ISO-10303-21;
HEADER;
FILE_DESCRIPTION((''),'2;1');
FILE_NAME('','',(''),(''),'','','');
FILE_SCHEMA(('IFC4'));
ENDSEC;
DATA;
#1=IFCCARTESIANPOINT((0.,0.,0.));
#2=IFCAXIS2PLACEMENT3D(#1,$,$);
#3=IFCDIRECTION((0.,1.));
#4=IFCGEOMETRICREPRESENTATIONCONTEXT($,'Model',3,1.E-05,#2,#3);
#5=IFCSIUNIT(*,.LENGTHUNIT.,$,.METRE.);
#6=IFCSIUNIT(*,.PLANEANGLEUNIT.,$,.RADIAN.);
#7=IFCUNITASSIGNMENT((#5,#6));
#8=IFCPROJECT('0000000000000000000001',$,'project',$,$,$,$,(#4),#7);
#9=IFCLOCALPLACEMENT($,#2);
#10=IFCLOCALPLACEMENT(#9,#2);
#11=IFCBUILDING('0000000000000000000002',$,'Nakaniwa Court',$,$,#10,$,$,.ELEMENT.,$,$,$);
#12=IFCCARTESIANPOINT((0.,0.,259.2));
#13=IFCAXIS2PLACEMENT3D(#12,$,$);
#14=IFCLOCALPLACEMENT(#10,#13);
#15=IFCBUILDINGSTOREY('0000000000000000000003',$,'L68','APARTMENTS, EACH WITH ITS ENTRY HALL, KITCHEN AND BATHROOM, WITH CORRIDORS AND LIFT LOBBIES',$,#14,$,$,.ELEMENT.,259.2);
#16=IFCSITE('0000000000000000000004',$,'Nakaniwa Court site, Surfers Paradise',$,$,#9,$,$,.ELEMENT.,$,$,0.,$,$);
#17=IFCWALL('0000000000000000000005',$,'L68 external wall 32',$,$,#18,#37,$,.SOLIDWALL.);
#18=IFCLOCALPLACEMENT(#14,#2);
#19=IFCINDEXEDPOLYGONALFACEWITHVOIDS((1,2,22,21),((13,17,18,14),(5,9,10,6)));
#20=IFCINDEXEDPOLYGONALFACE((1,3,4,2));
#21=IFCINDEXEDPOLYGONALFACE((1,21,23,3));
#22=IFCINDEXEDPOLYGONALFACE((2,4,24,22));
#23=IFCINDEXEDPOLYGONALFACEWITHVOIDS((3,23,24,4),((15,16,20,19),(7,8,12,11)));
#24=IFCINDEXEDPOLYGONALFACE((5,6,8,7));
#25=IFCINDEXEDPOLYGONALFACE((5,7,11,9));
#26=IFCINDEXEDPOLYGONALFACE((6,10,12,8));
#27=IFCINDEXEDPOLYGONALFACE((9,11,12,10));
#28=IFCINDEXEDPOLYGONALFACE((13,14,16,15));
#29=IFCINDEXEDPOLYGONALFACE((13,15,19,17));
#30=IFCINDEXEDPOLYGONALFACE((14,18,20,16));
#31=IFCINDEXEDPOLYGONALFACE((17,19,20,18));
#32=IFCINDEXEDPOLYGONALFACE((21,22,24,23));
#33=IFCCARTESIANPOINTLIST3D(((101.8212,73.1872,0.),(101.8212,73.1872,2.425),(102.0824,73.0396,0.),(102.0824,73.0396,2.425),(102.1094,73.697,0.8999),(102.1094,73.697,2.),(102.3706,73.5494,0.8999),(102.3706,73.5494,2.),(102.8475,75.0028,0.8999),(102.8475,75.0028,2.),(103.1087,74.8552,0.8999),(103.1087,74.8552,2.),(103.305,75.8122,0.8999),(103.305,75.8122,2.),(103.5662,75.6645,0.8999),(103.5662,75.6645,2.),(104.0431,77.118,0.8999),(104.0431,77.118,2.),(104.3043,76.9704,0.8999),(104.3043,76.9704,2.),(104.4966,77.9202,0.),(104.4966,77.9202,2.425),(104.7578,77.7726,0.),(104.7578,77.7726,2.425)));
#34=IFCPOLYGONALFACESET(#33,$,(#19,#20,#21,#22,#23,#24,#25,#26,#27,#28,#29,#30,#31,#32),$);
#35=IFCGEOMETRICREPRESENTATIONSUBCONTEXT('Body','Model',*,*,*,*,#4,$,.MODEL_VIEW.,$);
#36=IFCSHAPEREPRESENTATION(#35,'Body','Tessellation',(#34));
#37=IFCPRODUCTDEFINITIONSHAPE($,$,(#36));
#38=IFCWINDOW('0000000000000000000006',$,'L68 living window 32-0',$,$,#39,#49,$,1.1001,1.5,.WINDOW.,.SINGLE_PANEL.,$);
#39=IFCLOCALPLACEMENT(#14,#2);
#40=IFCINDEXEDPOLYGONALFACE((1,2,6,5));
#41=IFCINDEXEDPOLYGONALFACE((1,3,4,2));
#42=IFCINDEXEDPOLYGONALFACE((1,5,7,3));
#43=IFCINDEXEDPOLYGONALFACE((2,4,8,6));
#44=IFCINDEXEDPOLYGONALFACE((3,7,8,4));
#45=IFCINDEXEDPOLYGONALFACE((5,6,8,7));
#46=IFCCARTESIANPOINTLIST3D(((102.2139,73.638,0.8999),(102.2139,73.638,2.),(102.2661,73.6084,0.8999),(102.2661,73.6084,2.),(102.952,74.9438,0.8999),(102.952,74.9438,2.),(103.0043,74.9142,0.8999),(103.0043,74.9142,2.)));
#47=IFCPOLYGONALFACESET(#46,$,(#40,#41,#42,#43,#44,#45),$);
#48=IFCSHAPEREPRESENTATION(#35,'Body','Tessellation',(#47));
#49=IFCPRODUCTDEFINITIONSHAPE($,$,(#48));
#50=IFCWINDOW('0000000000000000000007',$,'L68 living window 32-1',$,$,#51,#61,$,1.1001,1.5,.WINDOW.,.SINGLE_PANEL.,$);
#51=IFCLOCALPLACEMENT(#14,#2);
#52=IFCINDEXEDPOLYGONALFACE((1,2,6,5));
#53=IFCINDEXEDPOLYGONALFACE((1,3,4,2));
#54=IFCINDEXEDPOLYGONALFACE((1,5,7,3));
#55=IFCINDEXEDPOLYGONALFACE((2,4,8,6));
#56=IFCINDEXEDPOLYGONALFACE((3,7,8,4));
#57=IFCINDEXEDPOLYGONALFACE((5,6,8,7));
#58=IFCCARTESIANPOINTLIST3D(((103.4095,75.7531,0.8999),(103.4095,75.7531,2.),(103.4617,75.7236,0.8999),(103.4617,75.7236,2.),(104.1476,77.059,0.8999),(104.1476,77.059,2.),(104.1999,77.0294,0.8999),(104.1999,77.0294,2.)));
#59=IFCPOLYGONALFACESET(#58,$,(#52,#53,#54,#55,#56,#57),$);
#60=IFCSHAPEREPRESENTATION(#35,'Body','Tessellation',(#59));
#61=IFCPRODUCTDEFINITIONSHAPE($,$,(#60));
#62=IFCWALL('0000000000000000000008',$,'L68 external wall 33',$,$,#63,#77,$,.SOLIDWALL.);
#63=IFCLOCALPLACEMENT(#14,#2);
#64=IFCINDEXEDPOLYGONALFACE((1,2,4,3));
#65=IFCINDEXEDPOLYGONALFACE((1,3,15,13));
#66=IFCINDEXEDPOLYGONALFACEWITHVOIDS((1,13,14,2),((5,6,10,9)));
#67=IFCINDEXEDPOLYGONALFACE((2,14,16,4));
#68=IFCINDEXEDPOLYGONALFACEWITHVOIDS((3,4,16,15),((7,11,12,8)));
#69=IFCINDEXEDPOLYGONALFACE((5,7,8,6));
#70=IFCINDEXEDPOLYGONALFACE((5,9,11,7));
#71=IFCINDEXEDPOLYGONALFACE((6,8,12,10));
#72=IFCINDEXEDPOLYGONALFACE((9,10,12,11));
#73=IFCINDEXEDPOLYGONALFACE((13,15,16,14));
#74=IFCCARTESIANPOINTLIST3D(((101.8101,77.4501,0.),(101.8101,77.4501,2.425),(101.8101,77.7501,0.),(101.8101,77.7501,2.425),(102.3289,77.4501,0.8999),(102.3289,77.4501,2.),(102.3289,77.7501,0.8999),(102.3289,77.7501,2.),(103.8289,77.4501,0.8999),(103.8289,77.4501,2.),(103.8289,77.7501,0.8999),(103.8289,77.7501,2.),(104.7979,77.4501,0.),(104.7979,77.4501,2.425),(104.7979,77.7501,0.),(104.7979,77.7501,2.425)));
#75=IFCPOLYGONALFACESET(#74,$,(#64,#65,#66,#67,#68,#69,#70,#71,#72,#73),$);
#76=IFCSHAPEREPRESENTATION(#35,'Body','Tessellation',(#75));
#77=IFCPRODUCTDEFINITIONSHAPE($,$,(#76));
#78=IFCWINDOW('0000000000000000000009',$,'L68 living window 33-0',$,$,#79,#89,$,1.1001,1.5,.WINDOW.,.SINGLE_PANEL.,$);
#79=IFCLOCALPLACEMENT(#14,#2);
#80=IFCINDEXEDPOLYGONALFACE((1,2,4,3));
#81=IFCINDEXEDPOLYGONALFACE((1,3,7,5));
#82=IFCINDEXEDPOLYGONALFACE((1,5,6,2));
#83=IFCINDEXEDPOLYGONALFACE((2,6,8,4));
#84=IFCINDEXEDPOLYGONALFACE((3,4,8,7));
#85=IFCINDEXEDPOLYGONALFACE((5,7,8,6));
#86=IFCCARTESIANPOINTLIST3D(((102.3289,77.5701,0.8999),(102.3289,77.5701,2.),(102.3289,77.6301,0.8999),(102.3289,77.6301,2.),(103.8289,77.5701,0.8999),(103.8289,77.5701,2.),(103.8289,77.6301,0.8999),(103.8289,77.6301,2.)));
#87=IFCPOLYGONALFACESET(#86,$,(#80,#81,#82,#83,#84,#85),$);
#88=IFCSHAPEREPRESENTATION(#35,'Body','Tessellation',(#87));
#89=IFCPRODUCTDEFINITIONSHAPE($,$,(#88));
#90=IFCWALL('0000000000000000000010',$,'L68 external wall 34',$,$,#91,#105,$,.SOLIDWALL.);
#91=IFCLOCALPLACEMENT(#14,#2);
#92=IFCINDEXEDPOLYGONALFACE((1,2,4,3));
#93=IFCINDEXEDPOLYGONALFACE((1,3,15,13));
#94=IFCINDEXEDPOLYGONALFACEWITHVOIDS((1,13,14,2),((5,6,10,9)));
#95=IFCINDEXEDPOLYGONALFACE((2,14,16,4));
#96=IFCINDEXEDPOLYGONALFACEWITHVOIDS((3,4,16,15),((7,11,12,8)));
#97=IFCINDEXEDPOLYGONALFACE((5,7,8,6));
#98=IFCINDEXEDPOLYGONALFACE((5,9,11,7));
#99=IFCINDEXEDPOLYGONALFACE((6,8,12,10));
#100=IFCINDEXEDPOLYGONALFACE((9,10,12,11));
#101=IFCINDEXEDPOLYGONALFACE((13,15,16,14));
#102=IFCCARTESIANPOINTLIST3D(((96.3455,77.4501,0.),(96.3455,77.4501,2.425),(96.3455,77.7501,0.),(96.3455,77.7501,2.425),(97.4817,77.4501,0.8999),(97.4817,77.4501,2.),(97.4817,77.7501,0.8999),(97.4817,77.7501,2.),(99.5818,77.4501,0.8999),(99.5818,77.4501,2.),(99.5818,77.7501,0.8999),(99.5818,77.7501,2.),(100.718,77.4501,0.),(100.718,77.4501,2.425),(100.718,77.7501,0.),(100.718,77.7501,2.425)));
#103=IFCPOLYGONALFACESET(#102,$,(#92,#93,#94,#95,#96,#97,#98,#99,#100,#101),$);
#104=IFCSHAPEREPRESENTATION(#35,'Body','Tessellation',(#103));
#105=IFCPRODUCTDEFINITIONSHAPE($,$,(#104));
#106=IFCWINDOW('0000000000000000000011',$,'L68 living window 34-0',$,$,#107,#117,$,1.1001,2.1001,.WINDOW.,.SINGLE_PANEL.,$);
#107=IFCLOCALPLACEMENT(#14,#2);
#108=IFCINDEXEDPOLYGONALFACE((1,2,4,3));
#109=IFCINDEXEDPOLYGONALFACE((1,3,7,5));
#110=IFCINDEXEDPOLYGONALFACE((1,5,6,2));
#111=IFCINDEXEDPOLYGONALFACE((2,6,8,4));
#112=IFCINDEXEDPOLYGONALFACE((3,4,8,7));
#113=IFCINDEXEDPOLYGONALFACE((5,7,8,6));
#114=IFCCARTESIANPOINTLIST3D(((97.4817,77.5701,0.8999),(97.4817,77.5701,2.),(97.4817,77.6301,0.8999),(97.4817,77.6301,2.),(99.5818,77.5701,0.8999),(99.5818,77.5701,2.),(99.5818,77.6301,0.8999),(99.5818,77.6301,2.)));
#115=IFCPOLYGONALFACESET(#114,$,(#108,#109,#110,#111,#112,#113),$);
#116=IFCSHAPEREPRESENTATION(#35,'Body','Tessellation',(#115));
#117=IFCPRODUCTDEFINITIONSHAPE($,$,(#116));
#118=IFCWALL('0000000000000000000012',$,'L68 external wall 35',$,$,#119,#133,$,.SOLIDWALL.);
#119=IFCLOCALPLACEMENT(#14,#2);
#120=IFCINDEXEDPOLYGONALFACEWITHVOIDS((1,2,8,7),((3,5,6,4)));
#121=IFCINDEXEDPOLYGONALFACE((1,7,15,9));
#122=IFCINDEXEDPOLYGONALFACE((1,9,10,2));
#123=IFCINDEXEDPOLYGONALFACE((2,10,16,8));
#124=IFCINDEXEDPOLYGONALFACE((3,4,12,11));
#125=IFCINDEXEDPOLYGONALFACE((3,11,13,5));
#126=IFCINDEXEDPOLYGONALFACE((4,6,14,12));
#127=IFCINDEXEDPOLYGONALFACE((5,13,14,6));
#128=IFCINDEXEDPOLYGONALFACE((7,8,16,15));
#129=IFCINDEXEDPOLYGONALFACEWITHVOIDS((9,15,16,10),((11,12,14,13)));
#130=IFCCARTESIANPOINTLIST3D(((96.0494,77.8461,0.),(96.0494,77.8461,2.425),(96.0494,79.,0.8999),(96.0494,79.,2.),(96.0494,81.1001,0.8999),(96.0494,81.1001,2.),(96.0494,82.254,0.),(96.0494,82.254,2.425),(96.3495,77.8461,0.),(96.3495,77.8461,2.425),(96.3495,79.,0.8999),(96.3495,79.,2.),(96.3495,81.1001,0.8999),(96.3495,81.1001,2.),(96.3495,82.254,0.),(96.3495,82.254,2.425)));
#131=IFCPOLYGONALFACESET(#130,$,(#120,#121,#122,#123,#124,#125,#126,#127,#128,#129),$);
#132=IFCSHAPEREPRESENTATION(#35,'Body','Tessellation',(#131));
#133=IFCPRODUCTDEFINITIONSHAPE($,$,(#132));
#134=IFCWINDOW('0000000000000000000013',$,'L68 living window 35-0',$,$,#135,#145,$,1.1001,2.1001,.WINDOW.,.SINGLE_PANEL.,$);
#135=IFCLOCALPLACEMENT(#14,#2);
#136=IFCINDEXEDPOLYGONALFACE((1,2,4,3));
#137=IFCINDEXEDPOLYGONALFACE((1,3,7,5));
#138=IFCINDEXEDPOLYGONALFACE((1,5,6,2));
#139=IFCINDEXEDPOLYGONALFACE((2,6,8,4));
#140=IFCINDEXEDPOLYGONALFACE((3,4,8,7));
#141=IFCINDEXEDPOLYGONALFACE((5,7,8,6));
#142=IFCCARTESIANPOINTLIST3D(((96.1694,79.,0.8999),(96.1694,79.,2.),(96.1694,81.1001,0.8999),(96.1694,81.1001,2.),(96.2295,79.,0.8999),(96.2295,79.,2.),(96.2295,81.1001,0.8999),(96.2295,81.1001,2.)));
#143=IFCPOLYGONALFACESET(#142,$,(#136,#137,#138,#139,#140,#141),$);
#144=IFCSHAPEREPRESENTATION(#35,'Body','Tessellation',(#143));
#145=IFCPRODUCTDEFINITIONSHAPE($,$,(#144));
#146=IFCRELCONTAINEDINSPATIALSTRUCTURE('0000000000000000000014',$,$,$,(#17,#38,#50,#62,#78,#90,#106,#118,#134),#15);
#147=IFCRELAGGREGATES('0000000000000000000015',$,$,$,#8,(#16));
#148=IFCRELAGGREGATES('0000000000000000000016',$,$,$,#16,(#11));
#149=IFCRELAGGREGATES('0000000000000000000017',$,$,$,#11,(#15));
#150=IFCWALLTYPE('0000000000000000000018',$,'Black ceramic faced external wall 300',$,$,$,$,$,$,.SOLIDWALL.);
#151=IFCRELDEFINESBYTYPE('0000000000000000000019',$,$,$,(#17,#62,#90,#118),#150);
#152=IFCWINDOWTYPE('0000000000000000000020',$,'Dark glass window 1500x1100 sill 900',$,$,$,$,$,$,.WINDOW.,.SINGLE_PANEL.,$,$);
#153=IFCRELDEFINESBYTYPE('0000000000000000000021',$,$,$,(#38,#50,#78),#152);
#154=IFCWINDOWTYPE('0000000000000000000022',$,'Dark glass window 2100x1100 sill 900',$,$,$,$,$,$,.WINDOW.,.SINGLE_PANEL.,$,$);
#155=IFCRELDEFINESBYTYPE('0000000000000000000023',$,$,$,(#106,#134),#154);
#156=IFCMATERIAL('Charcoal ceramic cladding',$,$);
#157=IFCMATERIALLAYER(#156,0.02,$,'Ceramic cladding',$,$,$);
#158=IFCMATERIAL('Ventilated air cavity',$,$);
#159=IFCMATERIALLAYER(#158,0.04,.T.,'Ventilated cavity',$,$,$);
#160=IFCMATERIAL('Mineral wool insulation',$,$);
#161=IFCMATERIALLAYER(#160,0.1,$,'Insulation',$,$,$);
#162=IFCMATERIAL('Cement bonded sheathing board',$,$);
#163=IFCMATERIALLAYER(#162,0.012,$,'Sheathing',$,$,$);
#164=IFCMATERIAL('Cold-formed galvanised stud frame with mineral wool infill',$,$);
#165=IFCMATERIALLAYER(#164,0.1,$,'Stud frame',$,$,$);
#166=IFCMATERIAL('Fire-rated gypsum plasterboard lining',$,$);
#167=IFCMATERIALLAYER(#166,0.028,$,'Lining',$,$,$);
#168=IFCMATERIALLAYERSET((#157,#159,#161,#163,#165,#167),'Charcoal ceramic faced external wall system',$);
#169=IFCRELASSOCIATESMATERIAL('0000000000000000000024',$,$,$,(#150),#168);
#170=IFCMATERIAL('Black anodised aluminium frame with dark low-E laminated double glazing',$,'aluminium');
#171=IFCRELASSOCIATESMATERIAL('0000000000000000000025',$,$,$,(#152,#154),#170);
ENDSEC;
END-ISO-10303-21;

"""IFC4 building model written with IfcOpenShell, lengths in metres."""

from ifc_helpers import new_model, si_unit, direction, frame, frame_2d, origin, place, context, subcontext, project, spatial, rectangle, extrude, material, layer, layer_set, type_object, element, fill, save


model = new_model("IFC4")

# Units and contexts
model_context = context("Model", 3, precision=1e-05, world=origin(), true_north=direction((0.0, 1.0)))
body_context = subcontext(model_context, "Body", "Model", "MODEL_VIEW")
ifc_project = project(units=[si_unit("LENGTHUNIT", "METRE"), si_unit("PLANEANGLEUNIT", "RADIAN")], contexts=[model_context])

# Site, building, storey
site_placement = place(None, origin())
site = spatial("IfcSite", under=ifc_project, at=site_placement, Name="Nakaniwa Court site, Surfers Paradise", CompositionType="ELEMENT", RefElevation=0.0)
building_placement = place(site_placement, origin())
building = spatial("IfcBuilding", under=site, at=building_placement, Name="Nakaniwa Court", CompositionType="ELEMENT")
storey_placement = place(building_placement, frame((0.0, 0.0, 259.2)))
storey = spatial("IfcBuildingStorey", under=building, at=storey_placement, Name="L68", Description="APARTMENTS, EACH WITH ITS ENTRY HALL, KITCHEN AND BATHROOM, WITH CORRIDORS AND LIFT LOBBIES", CompositionType="ELEMENT", Elevation=259.2)

# Shared definitions
ifc_material_1 = material(Name="Charcoal ceramic cladding")
ifc_layer_1 = layer(ifc_material_1, 0.02, Name="Ceramic cladding")
ifc_material_2 = material(Name="Ventilated air cavity")
ifc_layer_2 = layer(ifc_material_2, 0.04, ventilated=True, Name="Ventilated cavity")
ifc_material_3 = material(Name="Mineral wool insulation")
ifc_layer_3 = layer(ifc_material_3, 0.1, Name="Insulation")
ifc_material_4 = material(Name="Cement bonded sheathing board")
ifc_layer_4 = layer(ifc_material_4, 0.012, Name="Sheathing")
ifc_material_5 = material(Name="Cold-formed galvanised stud frame with mineral wool infill")
ifc_layer_5 = layer(ifc_material_5, 0.1, Name="Stud frame")
ifc_material_6 = material(Name="Fire-rated gypsum plasterboard lining")
ifc_layer_6 = layer(ifc_material_6, 0.028, Name="Lining")
ifc_layer_set_1 = layer_set([ifc_layer_1, ifc_layer_2, ifc_layer_3, ifc_layer_4, ifc_layer_5, ifc_layer_6], Name="Charcoal ceramic faced external wall system")
wall_type_1 = type_object("IfcWallType", Name="Black ceramic faced external wall 300", PredefinedType="SOLIDWALL", material=ifc_layer_set_1)

# Wall, openings, windows
wall_1_placement = place(storey_placement, frame((101.9519, 73.1135, 0.0), z_axis=(0.0, 0.0, 1.0), x_axis=(0.492081, 0.870549, 0.0)))
wall_1 = element("IfcWall", 1, at=wall_1_placement, inside=storey, type_object=wall_type_1, Name="L68 external wall 32", PredefinedType="SOLIDWALL", context=body_context, shape_type="SweptSolid", body=[
    extrude(rectangle(XDim=5.4368, YDim=0.3, at=frame_2d((2.7183, 0.0))), origin(), (0.0, 0.0, 1.0), 2.425),
])
opening_1_placement = place(wall_1_placement, frame((0.5854, 0.0, 0.8999)))
opening_1 = element("IfcOpeningElement", 2, at=opening_1_placement, cuts=wall_1, PredefinedType="OPENING", context=body_context, shape_type="SweptSolid", body=[
    extrude(rectangle(XDim=1.5, YDim=1.1001, at=frame_2d((0.75, 0.55))), frame((0.0, 0.1599, 0.0), z_axis=(0.0, -1.0, 0.0), x_axis=(1.0, 0.0, 0.0)), (0.0, 0.0, 1.0), 0.3201),
])
opening_2_placement = place(wall_1_placement, frame((3.0151, 0.0, 0.8999)))
opening_2 = element("IfcOpeningElement", 3, at=opening_2_placement, cuts=wall_1, PredefinedType="OPENING", context=body_context, shape_type="SweptSolid", body=[
    extrude(rectangle(XDim=1.5, YDim=1.1001, at=frame_2d((0.75, 0.55))), frame((0.0, 0.1599, 0.0), z_axis=(0.0, -1.0, 0.0), x_axis=(1.0, 0.0, 0.0)), (0.0, 0.0, 1.0), 0.3201),
])
ifc_material_7 = material(Name="Black anodised aluminium frame with dark low-E laminated double glazing", Category="aluminium")
window_type_1 = type_object("IfcWindowType", Name="Dark glass window 1500x1100 sill 900", PartitioningType="SINGLE_PANEL", PredefinedType="WINDOW", material=ifc_material_7)
window_1_placement = place(opening_1_placement, origin())
window_1 = element("IfcWindow", 4, at=window_1_placement, inside=storey, type_object=window_type_1, Name="L68 living window 32-0", OverallHeight=1.1001, OverallWidth=1.5, PartitioningType="SINGLE_PANEL", PredefinedType="WINDOW", context=body_context, shape_type="SweptSolid", body=[
    extrude(rectangle(XDim=1.5, YDim=1.1001, at=frame_2d((0.75, 0.55))), frame((0.0, 0.03, 0.0), z_axis=(0.0, -1.0, 0.0), x_axis=(1.0, 0.0, 0.0)), (0.0, 0.0, 1.0), 0.0601),
])
fill(opening_1, window_1)
window_2_placement = place(opening_2_placement, origin())
window_2 = element("IfcWindow", 5, at=window_2_placement, inside=storey, type_object=window_type_1, Name="L68 living window 32-1", OverallHeight=1.1001, OverallWidth=1.5, PartitioningType="SINGLE_PANEL", PredefinedType="WINDOW", context=body_context, shape_type="SweptSolid", body=[
    extrude(rectangle(XDim=1.5, YDim=1.1001, at=frame_2d((0.75, 0.55))), frame((0.0, 0.03, 0.0), z_axis=(0.0, -1.0, 0.0), x_axis=(1.0, 0.0, 0.0)), (0.0, 0.0, 1.0), 0.0601),
])
fill(opening_2, window_2)

# Walls, openings, windows
wall_2_placement = place(storey_placement, frame((104.7979, 77.6001, 0.0), z_axis=(0.0, 0.0, 1.0), x_axis=(-1.0, 0.0, 0.0)))
wall_2 = element("IfcWall", 6, at=wall_2_placement, inside=storey, type_object=wall_type_1, Name="L68 external wall 33", PredefinedType="SOLIDWALL", context=body_context, shape_type="SweptSolid", body=[
    extrude(rectangle(XDim=2.9878, YDim=0.3, at=frame_2d((1.4939, 0.0))), origin(), (0.0, 0.0, 1.0), 2.425),
])
opening_3_placement = place(wall_2_placement, frame((0.969, 0.0, 0.8999)))
opening_3 = element("IfcOpeningElement", 7, at=opening_3_placement, cuts=wall_2, PredefinedType="OPENING", context=body_context, shape_type="SweptSolid", body=[
    extrude(rectangle(XDim=1.5, YDim=1.1001, at=frame_2d((0.75, 0.55))), frame((0.0, 0.1599, 0.0), z_axis=(0.0, -1.0, 0.0), x_axis=(1.0, 0.0, 0.0)), (0.0, 0.0, 1.0), 0.3201),
])
window_3_placement = place(opening_3_placement, origin())
window_3 = element("IfcWindow", 8, at=window_3_placement, inside=storey, type_object=window_type_1, Name="L68 living window 33-0", OverallHeight=1.1001, OverallWidth=1.5, PartitioningType="SINGLE_PANEL", PredefinedType="WINDOW", context=body_context, shape_type="SweptSolid", body=[
    extrude(rectangle(XDim=1.5, YDim=1.1001, at=frame_2d((0.75, 0.55))), frame((0.0, 0.03, 0.0), z_axis=(0.0, -1.0, 0.0), x_axis=(1.0, 0.0, 0.0)), (0.0, 0.0, 1.0), 0.0601),
])
fill(opening_3, window_3)
wall_3_placement = place(storey_placement, frame((100.718, 77.6001, 0.0), z_axis=(0.0, 0.0, 1.0), x_axis=(-1.0, 0.0, 0.0)))
wall_3 = element("IfcWall", 9, at=wall_3_placement, inside=storey, type_object=wall_type_1, Name="L68 external wall 34", PredefinedType="SOLIDWALL", context=body_context, shape_type="SweptSolid", body=[
    extrude(rectangle(XDim=4.3726, YDim=0.3, at=frame_2d((2.1863, 0.0))), origin(), (0.0, 0.0, 1.0), 2.425),
])
opening_4_placement = place(wall_3_placement, frame((1.1362, 0.0, 0.8999)))
opening_4 = element("IfcOpeningElement", 10, at=opening_4_placement, cuts=wall_3, PredefinedType="OPENING", context=body_context, shape_type="SweptSolid", body=[
    extrude(rectangle(XDim=2.1001, YDim=1.1001, at=frame_2d((1.05, 0.55))), frame((0.0, 0.1599, 0.0), z_axis=(0.0, -1.0, 0.0), x_axis=(1.0, 0.0, 0.0)), (0.0, 0.0, 1.0), 0.3201),
])
window_type_2 = type_object("IfcWindowType", Name="Dark glass window 2100x1100 sill 900", PartitioningType="SINGLE_PANEL", PredefinedType="WINDOW", material=ifc_material_7)
window_4_placement = place(opening_4_placement, origin())
window_4 = element("IfcWindow", 11, at=window_4_placement, inside=storey, type_object=window_type_2, Name="L68 living window 34-0", OverallHeight=1.1001, OverallWidth=2.1001, PartitioningType="SINGLE_PANEL", PredefinedType="WINDOW", context=body_context, shape_type="SweptSolid", body=[
    extrude(rectangle(XDim=2.1001, YDim=1.1001, at=frame_2d((1.05, 0.55))), frame((0.0, 0.03, 0.0), z_axis=(0.0, -1.0, 0.0), x_axis=(1.0, 0.0, 0.0)), (0.0, 0.0, 1.0), 0.0601),
])
fill(opening_4, window_4)
wall_4_placement = place(storey_placement, frame((96.1995, 77.8459, 0.0), z_axis=(0.0, 0.0, 1.0), x_axis=(0.0, 1.0, 0.0)))
wall_4 = element("IfcWall", 12, at=wall_4_placement, inside=storey, type_object=wall_type_1, Name="L68 external wall 35", PredefinedType="SOLIDWALL", context=body_context, shape_type="SweptSolid", body=[
    extrude(rectangle(XDim=4.408, YDim=0.3, at=frame_2d((2.2041, 0.0))), origin(), (0.0, 0.0, 1.0), 2.425),
])
opening_5_placement = place(wall_4_placement, frame((1.1541, 0.0, 0.8999)))
opening_5 = element("IfcOpeningElement", 13, at=opening_5_placement, cuts=wall_4, PredefinedType="OPENING", context=body_context, shape_type="SweptSolid", body=[
    extrude(rectangle(XDim=2.1001, YDim=1.1001, at=frame_2d((1.05, 0.55))), frame((0.0, 0.1599, 0.0), z_axis=(0.0, -1.0, 0.0), x_axis=(1.0, 0.0, 0.0)), (0.0, 0.0, 1.0), 0.3201),
])
window_5_placement = place(opening_5_placement, origin())
window_5 = element("IfcWindow", 14, at=window_5_placement, inside=storey, type_object=window_type_2, Name="L68 living window 35-0", OverallHeight=1.1001, OverallWidth=2.1001, PartitioningType="SINGLE_PANEL", PredefinedType="WINDOW", context=body_context, shape_type="SweptSolid", body=[
    extrude(rectangle(XDim=2.1001, YDim=1.1001, at=frame_2d((1.05, 0.55))), frame((0.0, 0.03, 0.0), z_axis=(0.0, -1.0, 0.0), x_axis=(1.0, 0.0, 0.0)), (0.0, 0.0, 1.0), 0.0601),
])
fill(opening_5, window_5)

save(model, "model.ifc")
